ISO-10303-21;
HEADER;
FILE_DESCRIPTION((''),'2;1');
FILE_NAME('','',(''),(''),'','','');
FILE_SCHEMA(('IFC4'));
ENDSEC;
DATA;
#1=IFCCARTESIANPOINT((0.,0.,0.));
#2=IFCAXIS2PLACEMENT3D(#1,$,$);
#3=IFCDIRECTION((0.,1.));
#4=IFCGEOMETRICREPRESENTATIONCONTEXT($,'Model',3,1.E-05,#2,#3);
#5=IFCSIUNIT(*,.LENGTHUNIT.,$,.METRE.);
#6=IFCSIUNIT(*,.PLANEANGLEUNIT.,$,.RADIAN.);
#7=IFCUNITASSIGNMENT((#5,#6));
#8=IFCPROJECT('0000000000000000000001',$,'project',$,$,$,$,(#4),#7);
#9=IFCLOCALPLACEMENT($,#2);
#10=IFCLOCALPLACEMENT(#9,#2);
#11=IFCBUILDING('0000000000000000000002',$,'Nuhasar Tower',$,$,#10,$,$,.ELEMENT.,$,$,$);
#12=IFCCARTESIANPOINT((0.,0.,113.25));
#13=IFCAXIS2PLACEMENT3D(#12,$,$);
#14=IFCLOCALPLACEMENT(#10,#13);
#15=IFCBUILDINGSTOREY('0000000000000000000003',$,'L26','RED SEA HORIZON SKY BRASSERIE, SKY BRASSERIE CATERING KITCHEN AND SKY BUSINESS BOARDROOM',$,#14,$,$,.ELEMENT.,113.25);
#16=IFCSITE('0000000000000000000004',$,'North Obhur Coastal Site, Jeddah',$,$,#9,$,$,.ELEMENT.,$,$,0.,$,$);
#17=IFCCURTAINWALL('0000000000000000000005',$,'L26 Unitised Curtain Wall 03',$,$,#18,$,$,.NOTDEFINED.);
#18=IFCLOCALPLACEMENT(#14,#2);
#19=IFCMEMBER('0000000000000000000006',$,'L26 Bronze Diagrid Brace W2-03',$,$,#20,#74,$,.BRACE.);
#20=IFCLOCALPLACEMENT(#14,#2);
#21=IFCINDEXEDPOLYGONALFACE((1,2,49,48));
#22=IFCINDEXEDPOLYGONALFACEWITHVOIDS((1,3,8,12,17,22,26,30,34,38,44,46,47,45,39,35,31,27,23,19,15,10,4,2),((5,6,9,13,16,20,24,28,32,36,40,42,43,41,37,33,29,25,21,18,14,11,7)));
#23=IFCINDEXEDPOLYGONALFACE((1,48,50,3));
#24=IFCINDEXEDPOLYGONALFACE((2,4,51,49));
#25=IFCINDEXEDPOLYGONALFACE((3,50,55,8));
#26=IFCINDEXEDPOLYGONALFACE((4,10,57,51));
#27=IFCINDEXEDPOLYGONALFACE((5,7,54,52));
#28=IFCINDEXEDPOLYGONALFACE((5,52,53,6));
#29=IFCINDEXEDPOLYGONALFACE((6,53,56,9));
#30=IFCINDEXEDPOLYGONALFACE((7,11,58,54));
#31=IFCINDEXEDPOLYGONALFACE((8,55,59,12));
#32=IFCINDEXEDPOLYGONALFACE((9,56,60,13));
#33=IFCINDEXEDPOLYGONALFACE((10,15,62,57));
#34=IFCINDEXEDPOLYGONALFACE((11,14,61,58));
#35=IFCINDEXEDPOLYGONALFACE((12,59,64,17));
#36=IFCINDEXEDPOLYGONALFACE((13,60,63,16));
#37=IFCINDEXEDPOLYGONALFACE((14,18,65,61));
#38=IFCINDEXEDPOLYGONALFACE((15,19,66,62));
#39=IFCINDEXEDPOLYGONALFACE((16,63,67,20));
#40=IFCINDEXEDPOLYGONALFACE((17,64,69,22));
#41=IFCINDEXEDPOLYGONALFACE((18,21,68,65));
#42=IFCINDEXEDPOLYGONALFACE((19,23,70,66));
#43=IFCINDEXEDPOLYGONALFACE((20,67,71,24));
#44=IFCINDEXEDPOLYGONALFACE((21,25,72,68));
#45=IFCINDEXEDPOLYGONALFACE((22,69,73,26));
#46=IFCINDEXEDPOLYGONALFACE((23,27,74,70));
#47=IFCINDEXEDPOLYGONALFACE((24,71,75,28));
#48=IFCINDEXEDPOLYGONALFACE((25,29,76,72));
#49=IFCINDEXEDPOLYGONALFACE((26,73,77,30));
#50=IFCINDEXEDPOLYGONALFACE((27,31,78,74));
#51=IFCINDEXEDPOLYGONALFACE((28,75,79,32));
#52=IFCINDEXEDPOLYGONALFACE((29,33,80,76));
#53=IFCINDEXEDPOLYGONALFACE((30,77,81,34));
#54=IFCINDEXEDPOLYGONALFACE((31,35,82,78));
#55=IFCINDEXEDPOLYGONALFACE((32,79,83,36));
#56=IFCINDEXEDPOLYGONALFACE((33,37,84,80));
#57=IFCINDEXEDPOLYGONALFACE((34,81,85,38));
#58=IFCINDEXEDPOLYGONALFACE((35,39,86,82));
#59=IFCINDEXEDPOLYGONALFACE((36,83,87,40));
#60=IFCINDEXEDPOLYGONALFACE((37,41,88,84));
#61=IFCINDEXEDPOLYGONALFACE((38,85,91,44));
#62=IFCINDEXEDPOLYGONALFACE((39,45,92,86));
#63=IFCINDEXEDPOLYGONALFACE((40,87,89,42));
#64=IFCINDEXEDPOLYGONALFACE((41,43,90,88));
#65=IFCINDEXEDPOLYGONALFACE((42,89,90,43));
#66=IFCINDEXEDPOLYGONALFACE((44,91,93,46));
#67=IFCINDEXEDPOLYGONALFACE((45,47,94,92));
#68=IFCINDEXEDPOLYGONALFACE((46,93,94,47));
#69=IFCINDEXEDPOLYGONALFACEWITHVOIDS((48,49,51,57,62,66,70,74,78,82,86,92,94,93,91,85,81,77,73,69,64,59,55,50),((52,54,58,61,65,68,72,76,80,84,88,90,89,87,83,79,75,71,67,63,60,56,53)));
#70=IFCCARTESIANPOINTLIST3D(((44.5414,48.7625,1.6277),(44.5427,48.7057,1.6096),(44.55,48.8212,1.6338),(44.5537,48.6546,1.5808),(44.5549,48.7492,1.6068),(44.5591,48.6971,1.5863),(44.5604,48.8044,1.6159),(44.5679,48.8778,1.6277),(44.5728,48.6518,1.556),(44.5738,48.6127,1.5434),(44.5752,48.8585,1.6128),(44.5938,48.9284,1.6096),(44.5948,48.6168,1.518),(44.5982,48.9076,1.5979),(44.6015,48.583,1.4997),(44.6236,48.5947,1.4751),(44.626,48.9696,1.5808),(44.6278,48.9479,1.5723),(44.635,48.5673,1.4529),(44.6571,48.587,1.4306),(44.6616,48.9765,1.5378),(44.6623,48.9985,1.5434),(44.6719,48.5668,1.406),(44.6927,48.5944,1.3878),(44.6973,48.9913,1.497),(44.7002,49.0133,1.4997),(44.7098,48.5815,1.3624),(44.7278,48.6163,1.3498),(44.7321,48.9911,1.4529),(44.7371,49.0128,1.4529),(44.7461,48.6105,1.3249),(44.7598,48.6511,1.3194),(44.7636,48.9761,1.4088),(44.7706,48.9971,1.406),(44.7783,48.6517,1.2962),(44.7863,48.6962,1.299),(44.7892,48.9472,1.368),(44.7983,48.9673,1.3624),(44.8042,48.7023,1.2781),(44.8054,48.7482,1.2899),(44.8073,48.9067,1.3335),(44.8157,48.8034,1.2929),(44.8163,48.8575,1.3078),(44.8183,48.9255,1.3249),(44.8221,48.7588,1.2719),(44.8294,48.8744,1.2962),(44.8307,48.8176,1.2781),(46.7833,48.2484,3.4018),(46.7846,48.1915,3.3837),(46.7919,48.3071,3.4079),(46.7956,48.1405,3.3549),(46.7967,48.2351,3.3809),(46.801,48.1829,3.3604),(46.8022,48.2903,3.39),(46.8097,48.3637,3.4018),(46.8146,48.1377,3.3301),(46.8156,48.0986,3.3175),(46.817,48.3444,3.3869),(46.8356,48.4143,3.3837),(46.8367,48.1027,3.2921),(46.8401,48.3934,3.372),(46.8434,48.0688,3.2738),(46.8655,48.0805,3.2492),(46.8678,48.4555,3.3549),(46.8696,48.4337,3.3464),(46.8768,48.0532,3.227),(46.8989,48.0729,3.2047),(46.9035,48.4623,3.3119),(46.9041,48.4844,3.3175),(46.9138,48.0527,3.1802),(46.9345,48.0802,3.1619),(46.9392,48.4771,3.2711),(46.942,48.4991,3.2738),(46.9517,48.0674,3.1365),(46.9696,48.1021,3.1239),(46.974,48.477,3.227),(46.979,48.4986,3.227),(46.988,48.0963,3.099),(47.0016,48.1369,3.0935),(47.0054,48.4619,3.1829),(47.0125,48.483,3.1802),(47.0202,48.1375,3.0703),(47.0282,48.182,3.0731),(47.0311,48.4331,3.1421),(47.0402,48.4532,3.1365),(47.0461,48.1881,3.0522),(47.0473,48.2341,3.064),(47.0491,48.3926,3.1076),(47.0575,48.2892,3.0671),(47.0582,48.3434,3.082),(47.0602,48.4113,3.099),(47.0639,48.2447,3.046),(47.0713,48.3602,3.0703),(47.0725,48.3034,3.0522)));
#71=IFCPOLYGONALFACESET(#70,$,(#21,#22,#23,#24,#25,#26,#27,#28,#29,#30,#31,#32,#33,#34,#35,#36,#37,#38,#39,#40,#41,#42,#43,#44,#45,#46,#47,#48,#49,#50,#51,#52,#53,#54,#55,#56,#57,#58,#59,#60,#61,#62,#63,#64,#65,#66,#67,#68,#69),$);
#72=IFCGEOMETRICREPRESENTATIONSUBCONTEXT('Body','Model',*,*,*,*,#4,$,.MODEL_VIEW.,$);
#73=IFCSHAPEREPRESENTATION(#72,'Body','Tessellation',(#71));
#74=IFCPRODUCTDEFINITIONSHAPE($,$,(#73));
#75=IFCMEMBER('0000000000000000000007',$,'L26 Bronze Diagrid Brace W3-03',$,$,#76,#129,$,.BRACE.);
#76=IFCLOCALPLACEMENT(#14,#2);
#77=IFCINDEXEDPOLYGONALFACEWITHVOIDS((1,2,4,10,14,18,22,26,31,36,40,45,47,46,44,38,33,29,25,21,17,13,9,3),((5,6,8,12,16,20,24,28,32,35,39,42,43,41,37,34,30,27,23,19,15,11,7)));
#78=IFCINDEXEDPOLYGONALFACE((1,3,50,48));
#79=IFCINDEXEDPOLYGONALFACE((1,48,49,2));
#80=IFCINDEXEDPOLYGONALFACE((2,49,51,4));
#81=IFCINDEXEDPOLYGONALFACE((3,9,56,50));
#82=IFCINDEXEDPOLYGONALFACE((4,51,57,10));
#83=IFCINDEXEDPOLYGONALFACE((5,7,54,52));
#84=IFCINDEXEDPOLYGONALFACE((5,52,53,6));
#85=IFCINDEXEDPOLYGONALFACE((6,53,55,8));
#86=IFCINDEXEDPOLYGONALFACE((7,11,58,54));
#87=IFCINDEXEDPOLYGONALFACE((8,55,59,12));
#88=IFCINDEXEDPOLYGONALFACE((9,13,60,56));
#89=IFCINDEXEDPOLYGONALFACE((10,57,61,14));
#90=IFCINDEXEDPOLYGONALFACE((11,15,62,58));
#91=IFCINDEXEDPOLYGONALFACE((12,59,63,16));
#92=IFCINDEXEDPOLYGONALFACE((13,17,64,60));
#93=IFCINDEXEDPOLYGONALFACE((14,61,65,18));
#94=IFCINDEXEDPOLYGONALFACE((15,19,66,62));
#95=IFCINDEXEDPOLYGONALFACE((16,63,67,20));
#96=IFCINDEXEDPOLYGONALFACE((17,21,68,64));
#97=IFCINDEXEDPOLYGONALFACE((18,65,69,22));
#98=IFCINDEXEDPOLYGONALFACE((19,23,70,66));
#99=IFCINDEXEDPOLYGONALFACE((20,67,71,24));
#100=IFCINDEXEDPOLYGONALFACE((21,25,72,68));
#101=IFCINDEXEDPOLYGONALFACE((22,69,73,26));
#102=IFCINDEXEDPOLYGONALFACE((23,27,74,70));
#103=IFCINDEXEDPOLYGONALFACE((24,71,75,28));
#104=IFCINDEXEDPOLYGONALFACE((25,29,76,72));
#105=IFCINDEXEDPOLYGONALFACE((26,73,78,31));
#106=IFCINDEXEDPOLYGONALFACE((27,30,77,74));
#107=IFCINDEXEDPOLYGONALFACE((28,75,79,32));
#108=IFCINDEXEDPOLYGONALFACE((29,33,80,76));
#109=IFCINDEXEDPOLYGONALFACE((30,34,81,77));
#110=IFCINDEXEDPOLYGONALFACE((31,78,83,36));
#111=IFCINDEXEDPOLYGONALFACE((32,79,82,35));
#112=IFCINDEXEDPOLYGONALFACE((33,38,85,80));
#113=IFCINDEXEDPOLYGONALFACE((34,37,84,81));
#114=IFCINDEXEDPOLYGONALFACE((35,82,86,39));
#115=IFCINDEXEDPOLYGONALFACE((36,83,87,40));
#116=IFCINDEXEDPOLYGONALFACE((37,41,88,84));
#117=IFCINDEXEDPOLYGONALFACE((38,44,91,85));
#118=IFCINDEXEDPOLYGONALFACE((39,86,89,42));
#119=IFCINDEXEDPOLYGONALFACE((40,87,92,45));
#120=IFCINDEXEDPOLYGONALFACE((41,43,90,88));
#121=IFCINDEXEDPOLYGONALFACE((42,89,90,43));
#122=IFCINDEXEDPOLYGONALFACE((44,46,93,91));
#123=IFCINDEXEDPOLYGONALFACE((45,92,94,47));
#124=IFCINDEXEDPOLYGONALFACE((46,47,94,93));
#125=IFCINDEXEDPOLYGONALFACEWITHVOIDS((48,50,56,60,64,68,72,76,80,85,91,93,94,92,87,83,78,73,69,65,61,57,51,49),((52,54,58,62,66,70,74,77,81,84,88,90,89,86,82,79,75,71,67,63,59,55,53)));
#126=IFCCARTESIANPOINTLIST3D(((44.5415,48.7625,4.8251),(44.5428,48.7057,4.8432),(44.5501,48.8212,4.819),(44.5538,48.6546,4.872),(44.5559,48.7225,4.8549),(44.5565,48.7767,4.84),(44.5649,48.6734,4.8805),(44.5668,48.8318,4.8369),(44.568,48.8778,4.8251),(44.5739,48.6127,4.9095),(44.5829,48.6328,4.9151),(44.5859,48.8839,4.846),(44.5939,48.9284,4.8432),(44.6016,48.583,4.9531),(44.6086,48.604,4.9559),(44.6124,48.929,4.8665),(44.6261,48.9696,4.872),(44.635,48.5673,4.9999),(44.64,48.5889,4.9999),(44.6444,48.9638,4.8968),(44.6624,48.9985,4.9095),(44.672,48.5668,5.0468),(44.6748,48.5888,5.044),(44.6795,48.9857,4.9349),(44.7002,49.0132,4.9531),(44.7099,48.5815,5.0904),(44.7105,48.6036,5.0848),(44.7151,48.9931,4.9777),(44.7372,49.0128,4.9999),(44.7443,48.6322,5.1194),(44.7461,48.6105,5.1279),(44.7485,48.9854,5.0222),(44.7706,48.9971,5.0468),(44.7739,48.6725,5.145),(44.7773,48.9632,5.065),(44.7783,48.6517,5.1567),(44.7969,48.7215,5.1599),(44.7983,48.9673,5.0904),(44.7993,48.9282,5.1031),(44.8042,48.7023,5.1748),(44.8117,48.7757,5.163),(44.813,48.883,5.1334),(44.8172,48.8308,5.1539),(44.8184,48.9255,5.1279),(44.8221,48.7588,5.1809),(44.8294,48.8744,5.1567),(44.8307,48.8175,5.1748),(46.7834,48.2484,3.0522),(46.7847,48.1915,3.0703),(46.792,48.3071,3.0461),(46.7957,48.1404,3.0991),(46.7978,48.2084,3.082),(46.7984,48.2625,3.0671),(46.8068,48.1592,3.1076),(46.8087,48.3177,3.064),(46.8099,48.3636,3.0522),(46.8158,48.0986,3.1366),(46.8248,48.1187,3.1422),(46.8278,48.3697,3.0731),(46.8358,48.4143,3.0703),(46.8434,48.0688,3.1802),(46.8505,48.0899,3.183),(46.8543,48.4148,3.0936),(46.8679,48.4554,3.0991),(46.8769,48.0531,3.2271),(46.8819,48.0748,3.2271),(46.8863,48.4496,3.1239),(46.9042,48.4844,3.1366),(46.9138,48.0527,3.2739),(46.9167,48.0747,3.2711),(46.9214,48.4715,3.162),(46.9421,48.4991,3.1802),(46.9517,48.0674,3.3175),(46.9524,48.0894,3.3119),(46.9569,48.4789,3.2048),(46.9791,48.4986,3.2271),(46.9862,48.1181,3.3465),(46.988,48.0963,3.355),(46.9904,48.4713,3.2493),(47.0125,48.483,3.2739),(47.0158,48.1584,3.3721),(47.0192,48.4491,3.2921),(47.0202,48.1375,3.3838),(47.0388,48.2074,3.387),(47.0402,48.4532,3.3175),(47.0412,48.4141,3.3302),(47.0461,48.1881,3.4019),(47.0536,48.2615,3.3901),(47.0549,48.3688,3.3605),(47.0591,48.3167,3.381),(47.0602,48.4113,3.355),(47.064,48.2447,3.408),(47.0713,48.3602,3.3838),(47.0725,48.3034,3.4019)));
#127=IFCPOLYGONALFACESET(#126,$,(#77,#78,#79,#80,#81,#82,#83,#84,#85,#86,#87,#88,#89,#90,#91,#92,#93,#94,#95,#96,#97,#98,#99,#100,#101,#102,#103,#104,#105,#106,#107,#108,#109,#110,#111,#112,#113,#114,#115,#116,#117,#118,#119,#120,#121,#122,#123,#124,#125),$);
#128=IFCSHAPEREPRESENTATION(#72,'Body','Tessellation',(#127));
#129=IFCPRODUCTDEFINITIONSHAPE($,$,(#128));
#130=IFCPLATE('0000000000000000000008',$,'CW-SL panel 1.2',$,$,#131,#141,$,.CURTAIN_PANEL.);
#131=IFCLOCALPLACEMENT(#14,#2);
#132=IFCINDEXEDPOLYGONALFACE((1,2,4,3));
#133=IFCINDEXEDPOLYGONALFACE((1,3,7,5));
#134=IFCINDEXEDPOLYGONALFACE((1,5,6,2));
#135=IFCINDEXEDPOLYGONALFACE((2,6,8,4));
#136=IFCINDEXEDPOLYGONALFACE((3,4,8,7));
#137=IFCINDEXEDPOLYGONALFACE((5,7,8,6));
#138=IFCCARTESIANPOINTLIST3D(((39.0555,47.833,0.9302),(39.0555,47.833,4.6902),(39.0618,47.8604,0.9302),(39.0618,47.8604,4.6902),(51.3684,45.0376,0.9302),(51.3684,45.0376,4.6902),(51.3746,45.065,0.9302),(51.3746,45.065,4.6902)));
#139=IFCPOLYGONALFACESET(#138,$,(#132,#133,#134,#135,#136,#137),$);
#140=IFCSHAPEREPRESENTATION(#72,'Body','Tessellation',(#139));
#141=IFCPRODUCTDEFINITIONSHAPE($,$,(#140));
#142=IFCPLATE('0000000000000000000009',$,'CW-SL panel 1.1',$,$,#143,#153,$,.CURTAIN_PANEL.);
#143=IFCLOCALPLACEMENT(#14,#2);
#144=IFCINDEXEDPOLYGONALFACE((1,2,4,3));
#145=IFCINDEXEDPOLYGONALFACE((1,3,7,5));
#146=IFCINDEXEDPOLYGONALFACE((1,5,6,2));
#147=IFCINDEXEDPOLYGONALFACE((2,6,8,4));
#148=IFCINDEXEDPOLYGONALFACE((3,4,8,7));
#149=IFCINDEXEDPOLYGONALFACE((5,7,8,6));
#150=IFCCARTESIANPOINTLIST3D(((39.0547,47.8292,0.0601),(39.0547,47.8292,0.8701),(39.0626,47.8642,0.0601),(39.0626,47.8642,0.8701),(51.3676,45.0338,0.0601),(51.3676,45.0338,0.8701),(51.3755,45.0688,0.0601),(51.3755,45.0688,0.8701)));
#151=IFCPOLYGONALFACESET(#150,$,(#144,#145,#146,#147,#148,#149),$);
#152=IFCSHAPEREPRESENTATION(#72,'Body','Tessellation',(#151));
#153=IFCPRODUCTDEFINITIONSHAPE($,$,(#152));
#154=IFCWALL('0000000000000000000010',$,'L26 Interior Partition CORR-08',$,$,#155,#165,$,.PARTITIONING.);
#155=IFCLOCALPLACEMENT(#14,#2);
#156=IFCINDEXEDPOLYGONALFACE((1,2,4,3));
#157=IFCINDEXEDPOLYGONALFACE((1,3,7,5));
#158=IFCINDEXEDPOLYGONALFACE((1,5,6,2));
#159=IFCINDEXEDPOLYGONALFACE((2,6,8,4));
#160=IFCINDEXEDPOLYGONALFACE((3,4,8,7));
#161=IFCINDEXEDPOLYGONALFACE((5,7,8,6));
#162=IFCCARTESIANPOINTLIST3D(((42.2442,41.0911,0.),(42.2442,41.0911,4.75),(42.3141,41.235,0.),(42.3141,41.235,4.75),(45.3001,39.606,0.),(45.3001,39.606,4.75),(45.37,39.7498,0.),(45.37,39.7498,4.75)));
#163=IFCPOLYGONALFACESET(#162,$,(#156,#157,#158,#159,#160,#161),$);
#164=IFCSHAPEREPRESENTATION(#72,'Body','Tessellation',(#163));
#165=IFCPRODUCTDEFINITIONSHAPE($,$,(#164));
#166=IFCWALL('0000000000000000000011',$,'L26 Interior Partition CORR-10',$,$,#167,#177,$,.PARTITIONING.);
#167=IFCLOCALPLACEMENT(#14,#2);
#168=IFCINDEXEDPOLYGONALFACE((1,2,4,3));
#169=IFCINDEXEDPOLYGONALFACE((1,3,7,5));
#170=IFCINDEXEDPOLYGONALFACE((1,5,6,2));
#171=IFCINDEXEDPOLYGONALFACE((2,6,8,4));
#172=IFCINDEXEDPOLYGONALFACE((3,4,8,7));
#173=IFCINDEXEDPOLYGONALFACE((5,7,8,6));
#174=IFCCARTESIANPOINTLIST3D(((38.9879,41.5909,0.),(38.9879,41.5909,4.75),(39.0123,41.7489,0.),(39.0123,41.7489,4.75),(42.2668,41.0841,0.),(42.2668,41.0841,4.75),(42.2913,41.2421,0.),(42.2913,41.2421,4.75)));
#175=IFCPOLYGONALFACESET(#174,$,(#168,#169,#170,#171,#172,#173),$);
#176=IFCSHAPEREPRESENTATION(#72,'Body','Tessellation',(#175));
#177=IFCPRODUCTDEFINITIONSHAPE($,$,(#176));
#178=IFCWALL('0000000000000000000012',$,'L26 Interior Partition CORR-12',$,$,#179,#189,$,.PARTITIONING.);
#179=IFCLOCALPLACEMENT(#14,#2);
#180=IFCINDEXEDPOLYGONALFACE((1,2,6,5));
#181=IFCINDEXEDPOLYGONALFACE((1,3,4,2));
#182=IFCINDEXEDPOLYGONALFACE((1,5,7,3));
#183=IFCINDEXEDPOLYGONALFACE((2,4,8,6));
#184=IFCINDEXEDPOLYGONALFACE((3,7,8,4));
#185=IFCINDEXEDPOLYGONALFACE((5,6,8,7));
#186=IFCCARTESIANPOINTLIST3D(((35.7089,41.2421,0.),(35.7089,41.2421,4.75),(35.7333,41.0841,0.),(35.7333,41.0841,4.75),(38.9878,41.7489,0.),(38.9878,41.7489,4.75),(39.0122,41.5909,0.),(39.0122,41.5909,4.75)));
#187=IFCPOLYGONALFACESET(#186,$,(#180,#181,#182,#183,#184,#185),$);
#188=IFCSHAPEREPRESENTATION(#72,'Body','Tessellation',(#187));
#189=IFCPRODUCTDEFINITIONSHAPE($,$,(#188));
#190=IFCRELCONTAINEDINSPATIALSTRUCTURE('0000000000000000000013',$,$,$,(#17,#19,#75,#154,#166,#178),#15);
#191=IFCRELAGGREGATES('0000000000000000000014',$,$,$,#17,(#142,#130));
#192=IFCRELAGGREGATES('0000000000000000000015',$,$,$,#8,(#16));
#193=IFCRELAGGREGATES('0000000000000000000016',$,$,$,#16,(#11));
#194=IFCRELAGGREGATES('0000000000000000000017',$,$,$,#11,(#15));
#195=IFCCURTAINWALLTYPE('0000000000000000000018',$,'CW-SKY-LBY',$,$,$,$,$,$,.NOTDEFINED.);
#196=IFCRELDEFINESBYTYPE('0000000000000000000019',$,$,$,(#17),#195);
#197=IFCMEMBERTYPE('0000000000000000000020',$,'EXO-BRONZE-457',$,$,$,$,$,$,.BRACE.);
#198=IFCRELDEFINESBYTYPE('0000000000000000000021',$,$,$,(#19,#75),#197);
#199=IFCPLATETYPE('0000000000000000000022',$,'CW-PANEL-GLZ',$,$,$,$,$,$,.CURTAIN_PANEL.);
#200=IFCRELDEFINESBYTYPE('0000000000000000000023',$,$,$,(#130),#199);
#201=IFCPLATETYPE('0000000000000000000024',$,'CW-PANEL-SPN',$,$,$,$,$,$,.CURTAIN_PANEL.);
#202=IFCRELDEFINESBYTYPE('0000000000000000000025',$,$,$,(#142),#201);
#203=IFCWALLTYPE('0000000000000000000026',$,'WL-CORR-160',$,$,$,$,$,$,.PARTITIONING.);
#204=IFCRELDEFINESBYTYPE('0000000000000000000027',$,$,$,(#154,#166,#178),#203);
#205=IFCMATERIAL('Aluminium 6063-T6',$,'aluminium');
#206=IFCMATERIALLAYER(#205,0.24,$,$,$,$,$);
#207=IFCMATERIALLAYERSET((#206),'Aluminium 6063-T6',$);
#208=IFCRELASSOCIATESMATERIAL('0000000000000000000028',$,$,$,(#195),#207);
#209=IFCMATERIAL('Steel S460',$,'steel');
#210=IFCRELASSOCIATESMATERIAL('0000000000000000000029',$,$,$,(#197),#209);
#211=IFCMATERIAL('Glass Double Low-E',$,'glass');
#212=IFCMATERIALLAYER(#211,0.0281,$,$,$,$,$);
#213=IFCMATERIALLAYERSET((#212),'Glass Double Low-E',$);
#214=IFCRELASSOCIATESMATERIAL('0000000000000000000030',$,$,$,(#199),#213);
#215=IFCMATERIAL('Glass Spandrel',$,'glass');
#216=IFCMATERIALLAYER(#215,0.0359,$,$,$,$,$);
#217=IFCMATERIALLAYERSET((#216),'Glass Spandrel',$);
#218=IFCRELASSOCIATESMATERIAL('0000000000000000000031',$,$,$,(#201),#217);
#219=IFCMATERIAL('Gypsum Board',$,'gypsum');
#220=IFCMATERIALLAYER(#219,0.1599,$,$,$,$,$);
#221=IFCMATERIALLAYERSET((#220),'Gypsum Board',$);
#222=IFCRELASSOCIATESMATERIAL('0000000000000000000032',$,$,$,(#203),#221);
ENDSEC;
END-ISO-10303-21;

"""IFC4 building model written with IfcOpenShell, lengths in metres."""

from ifc_helpers import new_model, si_unit, direction, frame, frame_2d, origin, origin_2d, place, context, subcontext, project, spatial, rectangle, hollow_circle, extrude, material, layer, layer_set, material_profile, profile_set, type_object, element, aggregate, save


model = new_model("IFC4")

# Units and contexts
model_context = context("Model", 3, precision=1e-05, world=origin(), true_north=direction((0.0, 1.0)))
body_context = subcontext(model_context, "Body", "Model", "MODEL_VIEW")
ifc_project = project(units=[si_unit("LENGTHUNIT", "METRE"), si_unit("PLANEANGLEUNIT", "RADIAN")], contexts=[model_context])

# Site, building, storey
site_placement = place(None, origin())
site = spatial("IfcSite", under=ifc_project, at=site_placement, Name="North Obhur Coastal Site, Jeddah", CompositionType="ELEMENT", RefElevation=0.0)
building_placement = place(site_placement, origin())
building = spatial("IfcBuilding", under=site, at=building_placement, Name="Nuhasar Tower", CompositionType="ELEMENT")
storey_placement = place(building_placement, frame((0.0, 0.0, 113.25)))
storey = spatial("IfcBuildingStorey", under=building, at=storey_placement, Name="L26", Description="RED SEA HORIZON SKY BRASSERIE, SKY BRASSERIE CATERING KITCHEN AND SKY BUSINESS BOARDROOM", CompositionType="ELEMENT", Elevation=113.25)

# Shared definitions
ifc_material_1 = material(Name="Steel S460", Category="steel")

# Curtain wall
ifc_material_2 = material(Name="Aluminium 6063-T6", Category="aluminium")
ifc_layer_1 = layer(ifc_material_2, 0.24)
ifc_layer_set_1 = layer_set([ifc_layer_1], Name="Aluminium 6063-T6")
curtain_wall_type = type_object("IfcCurtainWallType", Name="CW-SKY-LBY", PredefinedType="NOTDEFINED", material=ifc_layer_set_1)
curtain_wall_placement = place(storey_placement, origin())
curtain_wall = element("IfcCurtainWall", 1, at=curtain_wall_placement, inside=storey, type_object=curtain_wall_type, Name="L26 Unitised Curtain Wall 03", PredefinedType="NOTDEFINED")

# Members
ifc_material_profile_1 = material_profile(ifc_material_1, hollow_circle(Radius=0.2285, WallThickness=0.0222, at=origin_2d()), Name="HSS457X22.2")
ifc_profile_set_1 = profile_set([ifc_material_profile_1], Name="Steel S460")
member_type_1 = type_object("IfcMemberType", Name="EXO-BRONZE-457", PredefinedType="BRACE", material=ifc_profile_set_1)
member_1_placement = place(storey_placement, frame((44.686, 48.79, 1.4529), z_axis=(0.771784, -0.176999, 0.610754), x_axis=(0.223534, 0.974696, 0.0)))
element("IfcMember", 2, at=member_1_placement, inside=storey, type_object=member_type_1, Name="L26 Bronze Diagrid Brace W2-03", PredefinedType="BRACE", context=body_context, shape_type="SweptSolid", body=[
    extrude(hollow_circle(Radius=0.2285, WallThickness=0.0222, at=origin_2d()), origin(), (0.0, 0.0, 1.0), 2.9048),
])
member_2_placement = place(storey_placement, frame((46.928, 48.2759, 3.2271), z_axis=(-0.771982, 0.177044, 0.610491), x_axis=(-0.223534, -0.974696, 0.0)))
element("IfcMember", 3, at=member_2_placement, inside=storey, type_object=member_type_1, Name="L26 Bronze Diagrid Brace W3-03", PredefinedType="BRACE", context=body_context, shape_type="SweptSolid", body=[
    extrude(hollow_circle(Radius=0.2285, WallThickness=0.0222, at=origin_2d()), origin(), (0.0, 0.0, 1.0), 2.9041),
])

# Plates
ifc_material_3 = material(Name="Glass Double Low-E", Category="glass")
ifc_layer_2 = layer(ifc_material_3, 0.0281)
ifc_layer_set_2 = layer_set([ifc_layer_2], Name="Glass Double Low-E")
plate_type_1 = type_object("IfcPlateType", Name="CW-PANEL-GLZ", PredefinedType="CURTAIN_PANEL", material=ifc_layer_set_2)
plate_1_placement = place(storey_placement, frame((45.2151, 46.449, 0.9302), z_axis=(0.0, 0.0, 1.0), x_axis=(-0.975184, 0.221397, 0.0)))
plate_1 = element("IfcPlate", 4, at=plate_1_placement, type_object=plate_type_1, Name="CW-SL panel 1.2", PredefinedType="CURTAIN_PANEL", context=body_context, shape_type="SweptSolid", body=[
    extrude(rectangle(XDim=12.6262, YDim=0.0281, at=origin_2d()), origin(), (0.0, 0.0, 1.0), 3.76),
])
ifc_material_4 = material(Name="Glass Spandrel", Category="glass")
ifc_layer_3 = layer(ifc_material_4, 0.0359)
ifc_layer_set_3 = layer_set([ifc_layer_3], Name="Glass Spandrel")
plate_type_2 = type_object("IfcPlateType", Name="CW-PANEL-SPN", PredefinedType="CURTAIN_PANEL", material=ifc_layer_set_3)
plate_2_placement = place(storey_placement, frame((45.2151, 46.449, 0.0601), z_axis=(0.0, 0.0, 1.0), x_axis=(-0.975184, 0.221397, 0.0)))
plate_2 = element("IfcPlate", 5, at=plate_2_placement, type_object=plate_type_2, Name="CW-SL panel 1.1", PredefinedType="CURTAIN_PANEL", context=body_context, shape_type="SweptSolid", body=[
    extrude(rectangle(XDim=12.6262, YDim=0.0359, at=origin_2d()), origin(), (0.0, 0.0, 1.0), 0.8101),
])
aggregate(curtain_wall, [plate_2, plate_1])

# Walls
ifc_material_5 = material(Name="Gypsum Board", Category="gypsum")
ifc_layer_4 = layer(ifc_material_5, 0.1599)
ifc_layer_set_4 = layer_set([ifc_layer_4], Name="Gypsum Board")
wall_type = type_object("IfcWallType", Name="WL-CORR-160", PredefinedType="PARTITIONING", material=ifc_layer_set_4)
wall_placement = place(storey_placement, frame((45.335, 39.678, 0.0), z_axis=(0.0, 0.0, 1.0), x_axis=(-0.899415, 0.437097, 0.0)))
element("IfcWall", 6, at=wall_placement, inside=storey, type_object=wall_type, Name="L26 Interior Partition CORR-08", PredefinedType="PARTITIONING", context=body_context, shape_type="SweptSolid", body=[
    extrude(rectangle(XDim=3.3977, YDim=0.1599, at=frame_2d((1.6987, 0.0))), origin(), (0.0, 0.0, 1.0), 4.75),
])
for number, where, z_axis, x_axis, name in (
    (7, (42.2791, 41.1631, 0.0), (0.0, 0.0, 1.0), (-0.988264, 0.152754, 0.0), "L26 Interior Partition CORR-10"),
    (8, (39.0, 41.6699, 0.0), (0.0, 0.0, 1.0), (-0.988264, -0.152754, 0.0), "L26 Interior Partition CORR-12"),
):
    element("IfcWall", number, at=place(storey_placement, frame(where, z_axis=z_axis, x_axis=x_axis)), inside=storey, type_object=wall_type, Name=name, PredefinedType="PARTITIONING", context=body_context, shape_type="SweptSolid", body=[
        extrude(rectangle(XDim=3.3179, YDim=0.1599, at=frame_2d((1.6589, 0.0))), origin(), (0.0, 0.0, 1.0), 4.75),
    ])

save(model, "model.ifc")
